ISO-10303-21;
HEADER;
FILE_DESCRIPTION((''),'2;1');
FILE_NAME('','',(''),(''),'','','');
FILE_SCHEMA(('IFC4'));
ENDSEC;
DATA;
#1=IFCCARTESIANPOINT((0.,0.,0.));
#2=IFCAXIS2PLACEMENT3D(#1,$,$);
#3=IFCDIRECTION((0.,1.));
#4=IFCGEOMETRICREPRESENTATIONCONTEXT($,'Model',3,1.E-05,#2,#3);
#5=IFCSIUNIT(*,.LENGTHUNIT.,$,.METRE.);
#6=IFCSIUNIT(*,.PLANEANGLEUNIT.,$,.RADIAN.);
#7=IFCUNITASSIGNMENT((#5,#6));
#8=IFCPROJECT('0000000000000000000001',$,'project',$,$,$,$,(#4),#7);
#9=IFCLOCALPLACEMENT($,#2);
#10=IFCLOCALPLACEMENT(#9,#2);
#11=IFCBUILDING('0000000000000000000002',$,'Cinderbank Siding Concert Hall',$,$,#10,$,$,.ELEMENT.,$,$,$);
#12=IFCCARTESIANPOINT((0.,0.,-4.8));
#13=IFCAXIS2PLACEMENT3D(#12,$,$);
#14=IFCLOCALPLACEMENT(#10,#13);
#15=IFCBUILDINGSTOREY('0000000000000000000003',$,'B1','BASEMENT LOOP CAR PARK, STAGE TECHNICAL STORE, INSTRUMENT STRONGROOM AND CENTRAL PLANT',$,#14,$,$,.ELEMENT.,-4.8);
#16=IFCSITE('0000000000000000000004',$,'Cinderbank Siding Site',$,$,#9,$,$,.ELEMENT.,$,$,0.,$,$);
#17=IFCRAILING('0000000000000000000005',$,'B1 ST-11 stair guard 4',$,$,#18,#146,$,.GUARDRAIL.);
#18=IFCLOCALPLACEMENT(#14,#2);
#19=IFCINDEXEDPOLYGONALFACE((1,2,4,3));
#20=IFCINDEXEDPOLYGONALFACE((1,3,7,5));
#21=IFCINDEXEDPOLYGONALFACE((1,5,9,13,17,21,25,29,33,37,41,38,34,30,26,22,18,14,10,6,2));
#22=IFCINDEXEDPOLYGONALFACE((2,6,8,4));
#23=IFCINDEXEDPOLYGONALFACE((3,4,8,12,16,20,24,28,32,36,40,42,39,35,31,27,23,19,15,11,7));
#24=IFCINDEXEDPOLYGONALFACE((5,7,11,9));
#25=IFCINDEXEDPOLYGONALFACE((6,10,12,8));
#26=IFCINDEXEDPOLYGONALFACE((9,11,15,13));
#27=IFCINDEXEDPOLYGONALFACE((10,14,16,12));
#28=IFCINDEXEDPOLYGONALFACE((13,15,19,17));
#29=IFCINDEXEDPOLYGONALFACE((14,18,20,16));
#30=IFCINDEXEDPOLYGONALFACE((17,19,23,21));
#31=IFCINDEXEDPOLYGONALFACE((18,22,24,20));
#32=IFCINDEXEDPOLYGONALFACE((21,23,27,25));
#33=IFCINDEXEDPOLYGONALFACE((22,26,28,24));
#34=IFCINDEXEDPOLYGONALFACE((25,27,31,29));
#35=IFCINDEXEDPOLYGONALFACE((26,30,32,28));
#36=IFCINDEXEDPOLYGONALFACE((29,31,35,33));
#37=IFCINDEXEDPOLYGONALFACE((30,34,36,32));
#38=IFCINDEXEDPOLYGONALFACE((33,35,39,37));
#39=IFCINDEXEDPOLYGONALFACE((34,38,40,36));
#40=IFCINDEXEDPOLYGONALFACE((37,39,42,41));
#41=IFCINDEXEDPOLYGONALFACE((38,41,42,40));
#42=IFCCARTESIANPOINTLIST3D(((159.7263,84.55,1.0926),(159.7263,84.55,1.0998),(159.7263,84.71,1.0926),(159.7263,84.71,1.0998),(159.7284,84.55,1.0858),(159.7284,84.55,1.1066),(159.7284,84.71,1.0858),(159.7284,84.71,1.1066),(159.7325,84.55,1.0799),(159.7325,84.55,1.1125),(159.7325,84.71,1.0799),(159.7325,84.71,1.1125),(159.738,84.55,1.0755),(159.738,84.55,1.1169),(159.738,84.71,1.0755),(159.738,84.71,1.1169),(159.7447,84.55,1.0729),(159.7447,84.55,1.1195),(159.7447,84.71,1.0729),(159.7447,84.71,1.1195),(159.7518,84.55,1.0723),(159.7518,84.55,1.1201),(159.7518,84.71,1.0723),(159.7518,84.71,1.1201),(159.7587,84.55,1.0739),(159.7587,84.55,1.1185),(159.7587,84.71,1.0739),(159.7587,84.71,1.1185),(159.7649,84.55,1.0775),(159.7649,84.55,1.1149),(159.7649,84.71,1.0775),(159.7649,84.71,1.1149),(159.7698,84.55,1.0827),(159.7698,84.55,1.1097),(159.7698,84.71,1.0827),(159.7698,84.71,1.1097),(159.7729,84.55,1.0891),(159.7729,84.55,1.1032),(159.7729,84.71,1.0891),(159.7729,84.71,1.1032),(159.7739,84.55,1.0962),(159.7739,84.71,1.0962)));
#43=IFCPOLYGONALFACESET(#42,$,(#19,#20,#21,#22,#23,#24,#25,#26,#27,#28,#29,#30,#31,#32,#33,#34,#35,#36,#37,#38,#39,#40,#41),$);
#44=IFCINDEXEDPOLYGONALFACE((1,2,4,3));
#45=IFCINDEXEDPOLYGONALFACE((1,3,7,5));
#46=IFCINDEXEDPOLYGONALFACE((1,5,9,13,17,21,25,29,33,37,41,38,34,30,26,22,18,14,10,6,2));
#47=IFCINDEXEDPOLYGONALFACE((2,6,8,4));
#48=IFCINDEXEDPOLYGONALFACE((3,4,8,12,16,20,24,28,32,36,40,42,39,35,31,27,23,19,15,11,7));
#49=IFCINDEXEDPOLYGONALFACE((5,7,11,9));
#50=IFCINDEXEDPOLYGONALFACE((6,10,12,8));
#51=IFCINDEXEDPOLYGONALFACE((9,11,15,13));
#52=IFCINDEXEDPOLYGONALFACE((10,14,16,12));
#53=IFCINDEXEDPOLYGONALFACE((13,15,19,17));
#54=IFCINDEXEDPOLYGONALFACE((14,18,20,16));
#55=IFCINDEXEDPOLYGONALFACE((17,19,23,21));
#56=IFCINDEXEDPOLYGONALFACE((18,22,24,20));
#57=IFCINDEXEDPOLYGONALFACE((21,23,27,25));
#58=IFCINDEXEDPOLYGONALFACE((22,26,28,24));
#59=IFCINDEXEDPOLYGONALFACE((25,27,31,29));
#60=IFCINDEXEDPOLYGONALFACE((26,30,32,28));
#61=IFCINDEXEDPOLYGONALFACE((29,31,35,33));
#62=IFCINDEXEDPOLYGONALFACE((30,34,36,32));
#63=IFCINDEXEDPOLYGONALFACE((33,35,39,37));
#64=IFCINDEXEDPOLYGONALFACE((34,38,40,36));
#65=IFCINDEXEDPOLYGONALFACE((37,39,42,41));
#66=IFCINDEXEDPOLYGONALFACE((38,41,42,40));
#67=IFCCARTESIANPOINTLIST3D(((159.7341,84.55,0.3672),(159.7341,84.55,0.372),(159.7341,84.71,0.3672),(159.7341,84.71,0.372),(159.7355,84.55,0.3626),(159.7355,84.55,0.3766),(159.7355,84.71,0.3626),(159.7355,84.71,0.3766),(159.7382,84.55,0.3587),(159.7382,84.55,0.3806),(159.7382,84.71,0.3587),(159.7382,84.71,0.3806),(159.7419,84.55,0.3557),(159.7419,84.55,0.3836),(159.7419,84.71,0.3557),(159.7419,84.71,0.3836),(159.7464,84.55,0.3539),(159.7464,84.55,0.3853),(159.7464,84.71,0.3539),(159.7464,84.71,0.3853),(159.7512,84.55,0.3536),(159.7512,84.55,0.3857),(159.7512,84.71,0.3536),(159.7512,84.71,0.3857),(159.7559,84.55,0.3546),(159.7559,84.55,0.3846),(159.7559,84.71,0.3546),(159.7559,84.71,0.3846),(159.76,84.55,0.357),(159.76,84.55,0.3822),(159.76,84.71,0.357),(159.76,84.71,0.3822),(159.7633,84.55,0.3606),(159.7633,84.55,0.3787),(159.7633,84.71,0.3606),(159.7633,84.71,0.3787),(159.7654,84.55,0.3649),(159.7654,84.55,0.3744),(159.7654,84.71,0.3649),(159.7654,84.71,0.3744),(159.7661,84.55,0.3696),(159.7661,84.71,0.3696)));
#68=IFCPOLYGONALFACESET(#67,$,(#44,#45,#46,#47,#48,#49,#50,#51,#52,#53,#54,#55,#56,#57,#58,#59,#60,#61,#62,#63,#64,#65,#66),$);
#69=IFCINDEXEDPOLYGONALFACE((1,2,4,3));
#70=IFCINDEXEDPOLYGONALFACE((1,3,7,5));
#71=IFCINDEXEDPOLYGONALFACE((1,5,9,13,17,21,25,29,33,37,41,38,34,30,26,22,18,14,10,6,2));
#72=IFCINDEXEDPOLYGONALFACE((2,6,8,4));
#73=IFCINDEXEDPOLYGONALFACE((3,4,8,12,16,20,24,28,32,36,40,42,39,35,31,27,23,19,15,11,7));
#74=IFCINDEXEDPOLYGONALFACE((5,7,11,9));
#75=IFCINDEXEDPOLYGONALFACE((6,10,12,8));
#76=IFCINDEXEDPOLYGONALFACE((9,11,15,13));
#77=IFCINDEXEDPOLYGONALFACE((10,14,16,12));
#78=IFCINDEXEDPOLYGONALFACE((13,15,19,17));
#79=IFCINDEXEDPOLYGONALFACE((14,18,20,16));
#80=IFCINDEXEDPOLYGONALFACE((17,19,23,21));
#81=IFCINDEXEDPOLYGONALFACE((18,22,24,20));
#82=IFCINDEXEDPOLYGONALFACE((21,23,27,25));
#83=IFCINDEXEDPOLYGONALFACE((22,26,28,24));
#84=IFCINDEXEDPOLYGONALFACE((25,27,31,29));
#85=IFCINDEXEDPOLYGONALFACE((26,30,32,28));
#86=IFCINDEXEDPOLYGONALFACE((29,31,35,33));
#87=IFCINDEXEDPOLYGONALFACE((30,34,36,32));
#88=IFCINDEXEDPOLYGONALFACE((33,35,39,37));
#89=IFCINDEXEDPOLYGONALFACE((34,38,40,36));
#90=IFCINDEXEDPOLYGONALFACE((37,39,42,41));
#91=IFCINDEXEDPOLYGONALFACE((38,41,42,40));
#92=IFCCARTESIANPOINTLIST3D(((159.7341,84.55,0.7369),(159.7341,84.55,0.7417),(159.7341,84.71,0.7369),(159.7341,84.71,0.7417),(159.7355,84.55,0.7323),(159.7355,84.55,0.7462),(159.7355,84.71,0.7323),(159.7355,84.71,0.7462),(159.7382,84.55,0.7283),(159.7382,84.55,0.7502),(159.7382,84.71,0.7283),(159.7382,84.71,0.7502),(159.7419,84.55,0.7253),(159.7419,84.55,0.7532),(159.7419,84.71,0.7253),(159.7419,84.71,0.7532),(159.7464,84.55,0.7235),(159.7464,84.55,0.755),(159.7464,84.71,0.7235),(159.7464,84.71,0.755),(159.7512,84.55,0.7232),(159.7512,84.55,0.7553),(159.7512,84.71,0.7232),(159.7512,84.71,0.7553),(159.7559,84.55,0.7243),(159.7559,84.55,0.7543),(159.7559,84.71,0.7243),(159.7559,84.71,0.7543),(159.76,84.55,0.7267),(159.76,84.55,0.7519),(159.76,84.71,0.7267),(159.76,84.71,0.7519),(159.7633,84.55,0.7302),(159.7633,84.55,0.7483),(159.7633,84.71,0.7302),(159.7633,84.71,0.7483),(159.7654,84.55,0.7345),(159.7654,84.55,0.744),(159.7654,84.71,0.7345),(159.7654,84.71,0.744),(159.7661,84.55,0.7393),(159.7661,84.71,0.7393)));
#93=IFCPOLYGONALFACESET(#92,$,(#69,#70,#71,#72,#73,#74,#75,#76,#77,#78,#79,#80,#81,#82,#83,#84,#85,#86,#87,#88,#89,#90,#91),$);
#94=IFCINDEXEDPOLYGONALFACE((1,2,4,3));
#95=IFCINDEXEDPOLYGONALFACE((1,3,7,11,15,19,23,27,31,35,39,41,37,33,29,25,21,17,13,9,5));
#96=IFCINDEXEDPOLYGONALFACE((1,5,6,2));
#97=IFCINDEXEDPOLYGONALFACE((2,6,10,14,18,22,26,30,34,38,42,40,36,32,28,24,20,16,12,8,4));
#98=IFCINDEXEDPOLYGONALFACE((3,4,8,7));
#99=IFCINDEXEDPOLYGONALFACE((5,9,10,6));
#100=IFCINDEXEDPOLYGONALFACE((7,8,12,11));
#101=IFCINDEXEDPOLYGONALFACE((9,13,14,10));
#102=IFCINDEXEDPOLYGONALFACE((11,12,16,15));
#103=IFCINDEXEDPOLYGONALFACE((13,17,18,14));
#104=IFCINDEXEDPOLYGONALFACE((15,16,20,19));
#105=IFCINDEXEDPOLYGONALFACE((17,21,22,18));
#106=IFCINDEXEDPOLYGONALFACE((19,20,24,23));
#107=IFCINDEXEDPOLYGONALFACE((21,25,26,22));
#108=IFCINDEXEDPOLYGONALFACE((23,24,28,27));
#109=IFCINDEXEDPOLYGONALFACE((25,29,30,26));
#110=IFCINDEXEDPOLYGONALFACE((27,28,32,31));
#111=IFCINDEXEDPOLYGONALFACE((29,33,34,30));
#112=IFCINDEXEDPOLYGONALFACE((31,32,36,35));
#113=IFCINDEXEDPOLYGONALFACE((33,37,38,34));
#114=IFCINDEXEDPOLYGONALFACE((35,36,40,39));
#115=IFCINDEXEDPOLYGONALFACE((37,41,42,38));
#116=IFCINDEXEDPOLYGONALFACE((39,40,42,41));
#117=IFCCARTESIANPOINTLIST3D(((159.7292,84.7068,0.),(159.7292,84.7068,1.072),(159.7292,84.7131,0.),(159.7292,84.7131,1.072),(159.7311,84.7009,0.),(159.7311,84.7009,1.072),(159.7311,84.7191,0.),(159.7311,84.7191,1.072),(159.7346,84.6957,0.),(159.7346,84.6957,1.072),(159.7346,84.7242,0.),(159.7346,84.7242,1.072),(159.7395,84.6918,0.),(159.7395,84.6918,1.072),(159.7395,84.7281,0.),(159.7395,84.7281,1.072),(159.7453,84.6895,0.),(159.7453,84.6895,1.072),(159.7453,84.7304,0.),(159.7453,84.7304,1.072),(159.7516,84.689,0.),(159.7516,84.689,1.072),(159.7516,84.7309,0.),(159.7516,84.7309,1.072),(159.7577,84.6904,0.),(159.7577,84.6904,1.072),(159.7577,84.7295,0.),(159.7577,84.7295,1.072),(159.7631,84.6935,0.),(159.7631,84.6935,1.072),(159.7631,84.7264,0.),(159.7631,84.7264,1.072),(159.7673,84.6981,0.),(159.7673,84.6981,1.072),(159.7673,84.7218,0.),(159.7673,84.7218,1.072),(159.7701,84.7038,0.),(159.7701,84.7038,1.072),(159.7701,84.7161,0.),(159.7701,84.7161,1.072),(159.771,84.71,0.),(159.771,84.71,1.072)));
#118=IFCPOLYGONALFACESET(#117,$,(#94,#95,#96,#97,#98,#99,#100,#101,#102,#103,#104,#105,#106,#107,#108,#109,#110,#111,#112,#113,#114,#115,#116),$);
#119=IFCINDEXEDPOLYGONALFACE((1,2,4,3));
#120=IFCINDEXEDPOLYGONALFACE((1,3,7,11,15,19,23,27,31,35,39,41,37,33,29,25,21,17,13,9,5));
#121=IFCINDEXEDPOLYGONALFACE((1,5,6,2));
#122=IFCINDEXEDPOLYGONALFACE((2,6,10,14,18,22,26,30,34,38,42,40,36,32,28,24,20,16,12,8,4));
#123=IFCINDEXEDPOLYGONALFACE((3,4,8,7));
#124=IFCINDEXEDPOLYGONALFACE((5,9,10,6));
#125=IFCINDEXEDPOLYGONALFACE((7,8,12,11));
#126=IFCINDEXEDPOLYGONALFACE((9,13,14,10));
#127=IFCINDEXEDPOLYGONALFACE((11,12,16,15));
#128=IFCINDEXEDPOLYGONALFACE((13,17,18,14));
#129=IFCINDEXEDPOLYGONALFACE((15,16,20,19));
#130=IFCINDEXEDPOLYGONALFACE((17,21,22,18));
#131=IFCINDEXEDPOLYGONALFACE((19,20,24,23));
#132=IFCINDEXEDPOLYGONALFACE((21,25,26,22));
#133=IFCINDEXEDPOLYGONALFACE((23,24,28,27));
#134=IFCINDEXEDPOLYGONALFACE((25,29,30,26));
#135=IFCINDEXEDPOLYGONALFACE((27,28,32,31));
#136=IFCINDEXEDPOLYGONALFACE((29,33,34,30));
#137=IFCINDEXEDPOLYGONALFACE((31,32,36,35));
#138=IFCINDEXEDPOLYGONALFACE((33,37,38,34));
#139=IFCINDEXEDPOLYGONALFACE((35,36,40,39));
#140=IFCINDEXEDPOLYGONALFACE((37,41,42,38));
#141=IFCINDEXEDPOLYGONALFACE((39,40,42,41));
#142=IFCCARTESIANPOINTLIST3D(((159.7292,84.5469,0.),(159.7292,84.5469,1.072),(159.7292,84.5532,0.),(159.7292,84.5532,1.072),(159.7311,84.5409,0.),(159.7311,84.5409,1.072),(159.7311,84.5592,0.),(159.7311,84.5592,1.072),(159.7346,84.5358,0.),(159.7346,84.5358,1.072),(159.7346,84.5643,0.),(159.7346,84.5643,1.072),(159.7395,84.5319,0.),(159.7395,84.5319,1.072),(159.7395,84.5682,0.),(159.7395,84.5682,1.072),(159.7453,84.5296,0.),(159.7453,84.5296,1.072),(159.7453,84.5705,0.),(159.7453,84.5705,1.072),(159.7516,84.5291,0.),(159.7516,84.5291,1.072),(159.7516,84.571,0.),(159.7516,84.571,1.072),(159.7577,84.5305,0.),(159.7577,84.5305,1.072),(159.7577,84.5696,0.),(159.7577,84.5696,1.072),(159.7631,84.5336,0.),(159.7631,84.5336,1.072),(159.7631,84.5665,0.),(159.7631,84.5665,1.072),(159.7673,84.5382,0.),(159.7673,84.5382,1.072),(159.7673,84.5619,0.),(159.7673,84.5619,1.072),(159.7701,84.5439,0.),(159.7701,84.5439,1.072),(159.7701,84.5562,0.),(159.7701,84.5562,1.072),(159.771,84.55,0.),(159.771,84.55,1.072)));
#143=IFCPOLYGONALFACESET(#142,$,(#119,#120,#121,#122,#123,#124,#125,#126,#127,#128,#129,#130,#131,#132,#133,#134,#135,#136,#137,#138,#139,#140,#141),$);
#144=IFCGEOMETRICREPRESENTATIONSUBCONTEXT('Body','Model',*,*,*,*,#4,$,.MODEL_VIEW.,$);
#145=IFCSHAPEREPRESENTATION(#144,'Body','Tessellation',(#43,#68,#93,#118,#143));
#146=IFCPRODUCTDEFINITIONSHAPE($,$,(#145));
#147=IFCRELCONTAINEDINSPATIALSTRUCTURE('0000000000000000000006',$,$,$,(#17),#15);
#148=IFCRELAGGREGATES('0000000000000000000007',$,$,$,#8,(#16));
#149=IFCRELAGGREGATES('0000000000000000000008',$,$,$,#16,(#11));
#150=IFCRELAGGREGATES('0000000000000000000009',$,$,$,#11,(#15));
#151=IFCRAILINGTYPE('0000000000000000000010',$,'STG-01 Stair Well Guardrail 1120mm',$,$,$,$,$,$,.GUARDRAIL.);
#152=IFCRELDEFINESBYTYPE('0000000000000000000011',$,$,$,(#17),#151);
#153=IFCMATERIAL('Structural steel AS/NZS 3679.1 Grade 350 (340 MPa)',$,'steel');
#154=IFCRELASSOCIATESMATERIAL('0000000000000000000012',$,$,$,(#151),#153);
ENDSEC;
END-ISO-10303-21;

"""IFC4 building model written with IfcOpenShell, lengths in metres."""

from ifc_helpers import new_model, si_unit, direction, frame, origin, origin_2d, place, context, subcontext, project, spatial, circle, extrude, material, type_object, element, save


model = new_model("IFC4")

# Units and contexts
model_context = context("Model", 3, precision=1e-05, world=origin(), true_north=direction((0.0, 1.0)))
body_context = subcontext(model_context, "Body", "Model", "MODEL_VIEW")
ifc_project = project(units=[si_unit("LENGTHUNIT", "METRE"), si_unit("PLANEANGLEUNIT", "RADIAN")], contexts=[model_context])

# Site, building, storey
site_placement = place(None, origin())
site = spatial("IfcSite", under=ifc_project, at=site_placement, Name="Cinderbank Siding Site", CompositionType="ELEMENT", RefElevation=0.0)
building_placement = place(site_placement, origin())
building = spatial("IfcBuilding", under=site, at=building_placement, Name="Cinderbank Siding Concert Hall", CompositionType="ELEMENT")
storey_placement = place(building_placement, frame((0.0, 0.0, -4.8)))
storey = spatial("IfcBuildingStorey", under=building, at=storey_placement, Name="B1", Description="BASEMENT LOOP CAR PARK, STAGE TECHNICAL STORE, INSTRUMENT STRONGROOM AND CENTRAL PLANT", CompositionType="ELEMENT", Elevation=-4.8)

# Shared definitions
ifc_material_1 = material(Name="Structural steel AS/NZS 3679.1 Grade 350 (340 MPa)", Category="steel")

# Railing
railing_type_1 = type_object("IfcRailingType", Name="STG-01 Stair Well Guardrail 1120mm", PredefinedType="GUARDRAIL", material=ifc_material_1)
railing_1_placement = place(storey_placement, frame((159.75, 84.71, 0.0)))
element("IfcRailing", 1, at=railing_1_placement, inside=storey, type_object=railing_type_1, Name="B1 ST-11 stair guard 4", PredefinedType="GUARDRAIL", context=body_context, shape_type="SweptSolid", body=[
    extrude(circle(Radius=0.0239, at=origin_2d()), frame((0.0, 0.0, 1.0962), z_axis=(0.0, -1.0, 0.0), x_axis=(1.0, 0.0, 0.0)), (0.0, 0.0, 1.0), 0.1599),
    extrude(circle(Radius=0.0161, at=origin_2d()), frame((0.0, 0.0, 0.3696), z_axis=(0.0, -1.0, 0.0), x_axis=(1.0, 0.0, 0.0)), (0.0, 0.0, 1.0), 0.1599),
    extrude(circle(Radius=0.0161, at=origin_2d()), frame((0.0, 0.0, 0.7393), z_axis=(0.0, -1.0, 0.0), x_axis=(1.0, 0.0, 0.0)), (0.0, 0.0, 1.0), 0.1599),
    extrude(circle(Radius=0.021, at=origin_2d()), origin(), (0.0, 0.0, 1.0), 1.072),
    extrude(circle(Radius=0.021, at=origin_2d()), frame((0.0, -0.1599, 0.0)), (0.0, 0.0, 1.0), 1.072),
])

save(model, "model.ifc")
